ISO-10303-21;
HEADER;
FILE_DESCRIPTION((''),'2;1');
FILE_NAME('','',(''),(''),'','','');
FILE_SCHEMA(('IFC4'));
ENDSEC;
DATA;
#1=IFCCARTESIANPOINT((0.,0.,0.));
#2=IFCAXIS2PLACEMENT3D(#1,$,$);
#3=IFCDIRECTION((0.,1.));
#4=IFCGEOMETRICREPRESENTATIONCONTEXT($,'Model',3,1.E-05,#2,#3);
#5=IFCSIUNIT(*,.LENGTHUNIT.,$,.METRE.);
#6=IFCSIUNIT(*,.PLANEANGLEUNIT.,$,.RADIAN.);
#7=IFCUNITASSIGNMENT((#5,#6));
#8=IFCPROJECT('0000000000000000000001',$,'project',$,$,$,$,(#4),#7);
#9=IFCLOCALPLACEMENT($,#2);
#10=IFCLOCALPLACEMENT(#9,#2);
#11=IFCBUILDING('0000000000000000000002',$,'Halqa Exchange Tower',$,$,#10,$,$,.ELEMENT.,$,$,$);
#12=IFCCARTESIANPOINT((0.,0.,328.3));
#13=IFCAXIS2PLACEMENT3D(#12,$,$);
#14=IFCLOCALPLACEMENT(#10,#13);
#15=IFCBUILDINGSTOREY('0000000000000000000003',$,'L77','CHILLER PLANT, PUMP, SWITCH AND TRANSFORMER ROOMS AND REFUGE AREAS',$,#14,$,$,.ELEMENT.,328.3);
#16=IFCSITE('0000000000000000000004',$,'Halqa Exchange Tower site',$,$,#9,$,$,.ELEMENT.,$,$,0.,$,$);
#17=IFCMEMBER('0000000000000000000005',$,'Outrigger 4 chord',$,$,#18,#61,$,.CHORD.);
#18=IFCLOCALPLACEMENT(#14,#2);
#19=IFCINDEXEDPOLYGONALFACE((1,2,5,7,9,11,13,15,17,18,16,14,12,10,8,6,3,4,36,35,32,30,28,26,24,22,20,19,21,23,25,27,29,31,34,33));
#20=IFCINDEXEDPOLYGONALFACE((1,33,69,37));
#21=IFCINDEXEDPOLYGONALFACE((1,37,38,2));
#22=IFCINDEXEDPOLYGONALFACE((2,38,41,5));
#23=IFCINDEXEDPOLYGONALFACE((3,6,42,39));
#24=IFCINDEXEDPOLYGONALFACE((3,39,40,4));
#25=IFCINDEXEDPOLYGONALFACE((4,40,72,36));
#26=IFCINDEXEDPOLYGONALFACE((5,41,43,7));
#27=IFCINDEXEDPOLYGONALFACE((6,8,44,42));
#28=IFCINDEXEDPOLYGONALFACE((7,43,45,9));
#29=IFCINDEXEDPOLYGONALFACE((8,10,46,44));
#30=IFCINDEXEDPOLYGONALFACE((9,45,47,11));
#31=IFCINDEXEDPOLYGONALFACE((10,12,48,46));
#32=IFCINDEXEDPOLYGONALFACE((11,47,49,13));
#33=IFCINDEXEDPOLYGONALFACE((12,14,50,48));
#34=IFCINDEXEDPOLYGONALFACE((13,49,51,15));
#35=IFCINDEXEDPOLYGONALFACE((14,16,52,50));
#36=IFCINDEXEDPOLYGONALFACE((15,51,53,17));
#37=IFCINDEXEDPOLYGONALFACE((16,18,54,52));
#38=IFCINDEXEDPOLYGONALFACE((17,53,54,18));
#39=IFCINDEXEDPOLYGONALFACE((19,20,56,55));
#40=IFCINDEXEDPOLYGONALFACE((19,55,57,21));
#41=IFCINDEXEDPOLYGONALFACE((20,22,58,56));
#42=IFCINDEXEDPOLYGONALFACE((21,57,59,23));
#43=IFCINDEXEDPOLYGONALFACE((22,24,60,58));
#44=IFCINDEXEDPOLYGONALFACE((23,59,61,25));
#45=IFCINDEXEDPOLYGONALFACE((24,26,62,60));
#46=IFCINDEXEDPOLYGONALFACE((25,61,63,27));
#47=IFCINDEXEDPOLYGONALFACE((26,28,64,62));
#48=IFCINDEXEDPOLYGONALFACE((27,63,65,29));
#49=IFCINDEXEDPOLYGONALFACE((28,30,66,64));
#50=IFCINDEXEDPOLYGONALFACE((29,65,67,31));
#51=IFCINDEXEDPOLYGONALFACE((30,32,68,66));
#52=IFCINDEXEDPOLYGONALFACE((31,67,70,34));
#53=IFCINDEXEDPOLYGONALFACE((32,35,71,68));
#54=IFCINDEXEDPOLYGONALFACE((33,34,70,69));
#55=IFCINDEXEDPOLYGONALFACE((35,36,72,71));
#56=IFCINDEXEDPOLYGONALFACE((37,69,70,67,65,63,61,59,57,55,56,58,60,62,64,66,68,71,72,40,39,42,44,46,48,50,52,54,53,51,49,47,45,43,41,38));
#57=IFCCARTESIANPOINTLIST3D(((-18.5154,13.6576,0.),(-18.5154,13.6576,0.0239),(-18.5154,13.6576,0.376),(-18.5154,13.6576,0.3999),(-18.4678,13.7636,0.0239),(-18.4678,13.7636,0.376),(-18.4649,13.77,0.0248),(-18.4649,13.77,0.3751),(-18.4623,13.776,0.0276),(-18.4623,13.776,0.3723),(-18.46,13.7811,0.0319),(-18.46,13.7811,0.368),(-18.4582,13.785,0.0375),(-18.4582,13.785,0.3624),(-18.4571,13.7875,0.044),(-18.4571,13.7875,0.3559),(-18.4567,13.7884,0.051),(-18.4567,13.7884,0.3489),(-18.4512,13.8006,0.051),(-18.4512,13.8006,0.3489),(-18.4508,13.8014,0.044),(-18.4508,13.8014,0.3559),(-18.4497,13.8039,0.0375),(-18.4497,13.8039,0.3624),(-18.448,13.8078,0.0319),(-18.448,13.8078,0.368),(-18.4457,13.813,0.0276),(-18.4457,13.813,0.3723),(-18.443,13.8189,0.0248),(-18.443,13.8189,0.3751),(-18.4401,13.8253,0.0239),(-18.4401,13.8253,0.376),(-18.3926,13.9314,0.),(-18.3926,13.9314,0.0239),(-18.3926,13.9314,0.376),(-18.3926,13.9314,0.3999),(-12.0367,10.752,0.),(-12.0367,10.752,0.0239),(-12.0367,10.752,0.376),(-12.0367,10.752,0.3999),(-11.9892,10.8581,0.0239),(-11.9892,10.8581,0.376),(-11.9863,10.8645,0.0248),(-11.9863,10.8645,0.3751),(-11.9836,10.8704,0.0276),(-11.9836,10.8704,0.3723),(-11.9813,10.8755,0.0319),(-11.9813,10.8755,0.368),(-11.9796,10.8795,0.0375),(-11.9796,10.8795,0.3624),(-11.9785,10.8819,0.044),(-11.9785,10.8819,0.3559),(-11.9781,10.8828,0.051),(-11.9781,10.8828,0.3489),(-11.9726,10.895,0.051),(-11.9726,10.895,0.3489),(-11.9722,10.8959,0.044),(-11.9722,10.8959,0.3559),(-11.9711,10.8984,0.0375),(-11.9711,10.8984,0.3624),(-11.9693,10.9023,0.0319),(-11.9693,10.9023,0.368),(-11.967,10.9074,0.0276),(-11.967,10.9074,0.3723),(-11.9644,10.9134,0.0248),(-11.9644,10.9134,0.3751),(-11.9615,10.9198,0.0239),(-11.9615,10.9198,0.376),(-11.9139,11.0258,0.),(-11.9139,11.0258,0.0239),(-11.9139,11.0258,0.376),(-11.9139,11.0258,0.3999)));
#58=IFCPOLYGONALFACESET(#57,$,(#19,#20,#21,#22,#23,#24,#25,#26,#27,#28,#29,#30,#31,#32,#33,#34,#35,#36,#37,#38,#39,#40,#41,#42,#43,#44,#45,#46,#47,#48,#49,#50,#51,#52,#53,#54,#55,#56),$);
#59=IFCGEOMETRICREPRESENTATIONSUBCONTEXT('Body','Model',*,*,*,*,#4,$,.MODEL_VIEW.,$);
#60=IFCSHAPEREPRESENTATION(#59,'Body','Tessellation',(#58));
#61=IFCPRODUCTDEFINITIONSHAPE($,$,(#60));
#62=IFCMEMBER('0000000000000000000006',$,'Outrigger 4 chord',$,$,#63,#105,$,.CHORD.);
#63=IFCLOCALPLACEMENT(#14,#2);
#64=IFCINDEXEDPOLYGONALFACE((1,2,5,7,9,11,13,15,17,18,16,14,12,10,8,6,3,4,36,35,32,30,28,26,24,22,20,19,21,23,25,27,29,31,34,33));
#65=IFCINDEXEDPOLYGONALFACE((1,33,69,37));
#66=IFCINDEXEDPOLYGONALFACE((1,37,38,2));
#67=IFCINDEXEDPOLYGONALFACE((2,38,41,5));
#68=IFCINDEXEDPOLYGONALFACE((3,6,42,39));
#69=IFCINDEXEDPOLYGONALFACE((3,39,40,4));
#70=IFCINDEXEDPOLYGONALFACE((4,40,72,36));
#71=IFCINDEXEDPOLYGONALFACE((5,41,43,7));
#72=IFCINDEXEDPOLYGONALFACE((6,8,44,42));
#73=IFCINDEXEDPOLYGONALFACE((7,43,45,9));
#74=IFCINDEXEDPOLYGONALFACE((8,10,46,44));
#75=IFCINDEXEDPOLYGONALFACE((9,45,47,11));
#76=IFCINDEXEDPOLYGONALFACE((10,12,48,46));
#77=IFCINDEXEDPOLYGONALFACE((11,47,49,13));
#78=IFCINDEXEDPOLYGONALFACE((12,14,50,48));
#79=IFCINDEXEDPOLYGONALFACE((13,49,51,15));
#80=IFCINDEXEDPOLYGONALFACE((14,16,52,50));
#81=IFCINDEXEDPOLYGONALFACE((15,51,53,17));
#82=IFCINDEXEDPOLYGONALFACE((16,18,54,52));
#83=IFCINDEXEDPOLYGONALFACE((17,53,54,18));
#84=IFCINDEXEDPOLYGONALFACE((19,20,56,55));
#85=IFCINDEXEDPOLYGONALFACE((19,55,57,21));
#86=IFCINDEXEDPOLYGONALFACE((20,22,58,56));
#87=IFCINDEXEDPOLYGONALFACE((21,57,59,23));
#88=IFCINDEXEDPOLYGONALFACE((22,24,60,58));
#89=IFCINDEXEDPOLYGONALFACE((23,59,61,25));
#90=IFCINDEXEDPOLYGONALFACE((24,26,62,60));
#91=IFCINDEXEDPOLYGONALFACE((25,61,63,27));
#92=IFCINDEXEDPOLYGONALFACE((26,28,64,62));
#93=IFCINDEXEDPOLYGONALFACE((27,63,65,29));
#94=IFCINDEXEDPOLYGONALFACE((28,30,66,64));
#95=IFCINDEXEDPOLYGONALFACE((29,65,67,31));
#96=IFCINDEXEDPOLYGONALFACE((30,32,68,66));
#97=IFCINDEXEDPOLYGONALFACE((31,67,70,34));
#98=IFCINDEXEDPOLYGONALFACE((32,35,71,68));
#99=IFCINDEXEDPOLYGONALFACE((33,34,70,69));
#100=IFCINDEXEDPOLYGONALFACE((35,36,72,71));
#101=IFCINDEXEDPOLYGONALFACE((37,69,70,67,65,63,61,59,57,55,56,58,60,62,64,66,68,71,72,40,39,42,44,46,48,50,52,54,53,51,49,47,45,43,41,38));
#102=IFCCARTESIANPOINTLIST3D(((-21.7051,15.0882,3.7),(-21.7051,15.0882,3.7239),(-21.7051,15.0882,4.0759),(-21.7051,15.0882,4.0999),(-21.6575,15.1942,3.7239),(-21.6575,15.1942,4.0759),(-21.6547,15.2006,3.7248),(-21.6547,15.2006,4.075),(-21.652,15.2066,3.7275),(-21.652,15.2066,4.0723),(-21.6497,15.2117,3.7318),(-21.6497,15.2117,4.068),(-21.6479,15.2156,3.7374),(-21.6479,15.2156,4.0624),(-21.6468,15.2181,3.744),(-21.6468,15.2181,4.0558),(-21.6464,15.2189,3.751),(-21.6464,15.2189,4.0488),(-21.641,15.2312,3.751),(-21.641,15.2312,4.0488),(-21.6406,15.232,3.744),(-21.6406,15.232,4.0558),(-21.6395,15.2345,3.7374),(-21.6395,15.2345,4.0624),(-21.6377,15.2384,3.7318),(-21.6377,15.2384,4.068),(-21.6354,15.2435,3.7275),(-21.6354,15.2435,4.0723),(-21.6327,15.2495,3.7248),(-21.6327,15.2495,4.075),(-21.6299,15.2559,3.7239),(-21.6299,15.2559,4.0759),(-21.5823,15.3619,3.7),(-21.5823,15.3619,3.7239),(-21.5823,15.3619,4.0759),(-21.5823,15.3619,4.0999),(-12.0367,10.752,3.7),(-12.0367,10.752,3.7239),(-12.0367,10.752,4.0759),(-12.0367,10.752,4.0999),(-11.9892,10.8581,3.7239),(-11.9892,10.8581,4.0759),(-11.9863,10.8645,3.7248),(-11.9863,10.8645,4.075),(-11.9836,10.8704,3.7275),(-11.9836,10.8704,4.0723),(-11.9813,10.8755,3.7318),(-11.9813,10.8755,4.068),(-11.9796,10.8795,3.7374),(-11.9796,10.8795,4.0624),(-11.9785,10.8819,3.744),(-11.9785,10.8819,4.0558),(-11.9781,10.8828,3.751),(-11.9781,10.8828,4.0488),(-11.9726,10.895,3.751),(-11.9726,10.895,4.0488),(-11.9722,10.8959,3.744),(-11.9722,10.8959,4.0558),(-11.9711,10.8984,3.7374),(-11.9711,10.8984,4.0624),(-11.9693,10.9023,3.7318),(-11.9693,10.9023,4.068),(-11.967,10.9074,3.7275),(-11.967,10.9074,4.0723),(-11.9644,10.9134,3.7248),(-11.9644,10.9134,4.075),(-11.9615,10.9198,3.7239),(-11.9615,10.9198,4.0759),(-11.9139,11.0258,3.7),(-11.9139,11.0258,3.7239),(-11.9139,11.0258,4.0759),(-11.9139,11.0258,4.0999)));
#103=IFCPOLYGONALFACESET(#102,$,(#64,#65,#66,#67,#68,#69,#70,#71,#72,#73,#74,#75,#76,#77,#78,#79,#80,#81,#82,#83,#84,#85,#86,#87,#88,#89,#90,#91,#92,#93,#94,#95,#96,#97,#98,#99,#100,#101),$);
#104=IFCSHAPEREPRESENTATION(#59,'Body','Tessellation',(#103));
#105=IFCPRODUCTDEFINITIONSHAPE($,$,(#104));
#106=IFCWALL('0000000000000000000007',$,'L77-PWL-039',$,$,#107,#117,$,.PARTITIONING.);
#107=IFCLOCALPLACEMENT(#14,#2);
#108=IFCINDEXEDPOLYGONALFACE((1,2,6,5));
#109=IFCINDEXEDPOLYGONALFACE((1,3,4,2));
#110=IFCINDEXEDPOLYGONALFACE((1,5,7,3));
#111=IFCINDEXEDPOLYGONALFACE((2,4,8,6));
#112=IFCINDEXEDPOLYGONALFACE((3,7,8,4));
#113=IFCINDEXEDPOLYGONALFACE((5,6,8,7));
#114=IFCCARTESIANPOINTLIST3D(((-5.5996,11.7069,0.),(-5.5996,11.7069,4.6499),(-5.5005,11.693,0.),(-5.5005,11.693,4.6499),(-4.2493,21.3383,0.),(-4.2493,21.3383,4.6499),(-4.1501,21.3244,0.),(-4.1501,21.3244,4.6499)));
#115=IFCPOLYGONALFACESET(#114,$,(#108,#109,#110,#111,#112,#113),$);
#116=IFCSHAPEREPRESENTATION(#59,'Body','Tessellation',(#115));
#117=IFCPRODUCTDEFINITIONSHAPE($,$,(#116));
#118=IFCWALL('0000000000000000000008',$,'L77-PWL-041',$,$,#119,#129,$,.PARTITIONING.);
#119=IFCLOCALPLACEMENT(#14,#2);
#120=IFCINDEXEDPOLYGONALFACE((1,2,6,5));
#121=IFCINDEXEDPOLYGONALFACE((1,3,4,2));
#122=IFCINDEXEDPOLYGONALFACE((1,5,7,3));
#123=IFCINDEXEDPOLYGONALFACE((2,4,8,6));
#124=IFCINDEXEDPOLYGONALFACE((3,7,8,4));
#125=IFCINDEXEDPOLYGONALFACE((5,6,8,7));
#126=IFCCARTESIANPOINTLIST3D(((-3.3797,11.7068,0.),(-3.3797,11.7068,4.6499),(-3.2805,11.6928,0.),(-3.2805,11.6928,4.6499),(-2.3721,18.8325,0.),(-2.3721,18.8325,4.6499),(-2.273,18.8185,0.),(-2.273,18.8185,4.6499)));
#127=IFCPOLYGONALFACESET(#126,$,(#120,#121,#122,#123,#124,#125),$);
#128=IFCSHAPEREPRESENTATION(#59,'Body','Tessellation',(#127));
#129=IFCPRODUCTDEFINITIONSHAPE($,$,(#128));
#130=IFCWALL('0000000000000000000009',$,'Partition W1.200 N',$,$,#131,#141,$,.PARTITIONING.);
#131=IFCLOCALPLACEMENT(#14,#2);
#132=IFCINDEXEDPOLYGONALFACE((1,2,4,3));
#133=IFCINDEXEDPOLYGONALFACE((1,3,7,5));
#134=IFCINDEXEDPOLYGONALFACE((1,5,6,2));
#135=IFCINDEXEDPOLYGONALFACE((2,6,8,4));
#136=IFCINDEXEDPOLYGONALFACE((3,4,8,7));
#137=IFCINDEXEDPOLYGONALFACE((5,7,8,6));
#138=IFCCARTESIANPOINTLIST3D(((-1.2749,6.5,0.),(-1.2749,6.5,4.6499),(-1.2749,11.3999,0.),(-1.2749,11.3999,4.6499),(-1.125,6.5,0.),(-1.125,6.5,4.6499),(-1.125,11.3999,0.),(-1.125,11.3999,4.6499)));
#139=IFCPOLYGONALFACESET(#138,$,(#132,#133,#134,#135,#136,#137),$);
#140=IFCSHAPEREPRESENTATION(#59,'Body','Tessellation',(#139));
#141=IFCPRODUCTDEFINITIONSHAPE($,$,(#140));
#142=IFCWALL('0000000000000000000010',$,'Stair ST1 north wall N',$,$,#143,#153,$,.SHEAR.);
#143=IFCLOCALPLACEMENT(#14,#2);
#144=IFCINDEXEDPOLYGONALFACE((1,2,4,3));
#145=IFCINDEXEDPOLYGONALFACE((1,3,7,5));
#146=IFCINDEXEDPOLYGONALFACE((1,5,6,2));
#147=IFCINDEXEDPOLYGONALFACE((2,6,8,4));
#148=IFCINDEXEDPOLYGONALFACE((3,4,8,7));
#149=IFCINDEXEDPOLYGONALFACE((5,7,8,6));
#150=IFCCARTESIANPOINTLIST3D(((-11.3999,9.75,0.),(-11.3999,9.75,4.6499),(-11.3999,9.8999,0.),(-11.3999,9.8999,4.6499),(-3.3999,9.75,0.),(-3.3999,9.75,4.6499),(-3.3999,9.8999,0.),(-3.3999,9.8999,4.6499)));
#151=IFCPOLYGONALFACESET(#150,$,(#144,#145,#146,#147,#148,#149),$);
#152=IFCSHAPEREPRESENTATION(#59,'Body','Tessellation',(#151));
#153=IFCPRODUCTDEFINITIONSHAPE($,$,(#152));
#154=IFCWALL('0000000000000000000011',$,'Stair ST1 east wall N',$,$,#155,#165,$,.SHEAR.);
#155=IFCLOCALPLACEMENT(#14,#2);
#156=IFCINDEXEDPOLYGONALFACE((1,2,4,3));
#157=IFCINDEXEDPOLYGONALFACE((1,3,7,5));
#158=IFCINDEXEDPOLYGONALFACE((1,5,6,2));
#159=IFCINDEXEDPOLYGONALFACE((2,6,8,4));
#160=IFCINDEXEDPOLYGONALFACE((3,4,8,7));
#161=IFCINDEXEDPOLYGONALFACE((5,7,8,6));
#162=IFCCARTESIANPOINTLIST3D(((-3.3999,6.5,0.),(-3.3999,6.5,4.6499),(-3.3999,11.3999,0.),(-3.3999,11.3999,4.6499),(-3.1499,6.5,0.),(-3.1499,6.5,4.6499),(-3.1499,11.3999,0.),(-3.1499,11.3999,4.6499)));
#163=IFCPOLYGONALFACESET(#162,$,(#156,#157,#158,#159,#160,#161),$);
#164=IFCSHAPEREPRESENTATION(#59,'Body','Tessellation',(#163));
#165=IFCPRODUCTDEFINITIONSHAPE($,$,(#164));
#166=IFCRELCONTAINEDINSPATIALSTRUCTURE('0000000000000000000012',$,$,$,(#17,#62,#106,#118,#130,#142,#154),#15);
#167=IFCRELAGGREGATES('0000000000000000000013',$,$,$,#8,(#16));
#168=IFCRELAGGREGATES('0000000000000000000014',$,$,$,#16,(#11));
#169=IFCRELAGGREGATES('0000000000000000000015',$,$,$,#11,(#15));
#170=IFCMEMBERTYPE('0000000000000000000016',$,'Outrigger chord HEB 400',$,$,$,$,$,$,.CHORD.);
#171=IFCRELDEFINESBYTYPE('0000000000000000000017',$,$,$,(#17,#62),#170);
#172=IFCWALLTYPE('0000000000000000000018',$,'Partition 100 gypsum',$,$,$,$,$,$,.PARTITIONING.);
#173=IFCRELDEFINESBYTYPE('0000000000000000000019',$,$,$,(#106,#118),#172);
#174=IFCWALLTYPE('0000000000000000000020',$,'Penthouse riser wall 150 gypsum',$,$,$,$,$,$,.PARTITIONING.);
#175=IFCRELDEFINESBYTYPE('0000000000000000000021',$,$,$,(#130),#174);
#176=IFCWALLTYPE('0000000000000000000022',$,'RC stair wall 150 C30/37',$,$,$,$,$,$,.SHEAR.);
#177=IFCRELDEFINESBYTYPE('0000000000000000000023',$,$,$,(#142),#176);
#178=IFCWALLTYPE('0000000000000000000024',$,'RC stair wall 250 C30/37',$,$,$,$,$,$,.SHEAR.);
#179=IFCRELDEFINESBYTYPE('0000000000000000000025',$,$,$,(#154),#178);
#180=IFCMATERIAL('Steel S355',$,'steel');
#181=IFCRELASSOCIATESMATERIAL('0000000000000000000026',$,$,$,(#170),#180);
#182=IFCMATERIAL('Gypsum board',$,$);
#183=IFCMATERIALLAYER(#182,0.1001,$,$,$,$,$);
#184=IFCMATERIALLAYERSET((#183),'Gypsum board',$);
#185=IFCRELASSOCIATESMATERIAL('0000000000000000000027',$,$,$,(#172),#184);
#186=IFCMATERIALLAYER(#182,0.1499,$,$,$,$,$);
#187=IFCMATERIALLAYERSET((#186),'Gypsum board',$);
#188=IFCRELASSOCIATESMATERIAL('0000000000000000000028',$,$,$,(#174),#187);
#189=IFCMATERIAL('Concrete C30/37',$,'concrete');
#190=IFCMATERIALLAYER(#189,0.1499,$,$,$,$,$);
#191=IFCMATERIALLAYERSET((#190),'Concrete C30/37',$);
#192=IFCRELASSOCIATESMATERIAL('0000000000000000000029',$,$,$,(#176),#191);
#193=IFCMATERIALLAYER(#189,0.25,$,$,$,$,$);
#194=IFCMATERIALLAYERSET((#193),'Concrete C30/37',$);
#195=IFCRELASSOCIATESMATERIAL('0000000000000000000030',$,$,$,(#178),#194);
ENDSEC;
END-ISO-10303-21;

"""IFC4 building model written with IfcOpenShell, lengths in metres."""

from ifc_helpers import new_model, si_unit, direction, frame, frame_2d, origin, origin_2d, place, context, subcontext, project, spatial, rectangle, i_section, extrude, material, layer, layer_set, material_profile, profile_set, type_object, element, save


model = new_model("IFC4")

# Units and contexts
model_context = context("Model", 3, precision=1e-05, world=origin(), true_north=direction((0.0, 1.0)))
body_context = subcontext(model_context, "Body", "Model", "MODEL_VIEW")
ifc_project = project(units=[si_unit("LENGTHUNIT", "METRE"), si_unit("PLANEANGLEUNIT", "RADIAN")], contexts=[model_context])

# Site, building, storey
site_placement = place(None, origin())
site = spatial("IfcSite", under=ifc_project, at=site_placement, Name="Halqa Exchange Tower site", CompositionType="ELEMENT", RefElevation=0.0)
building_placement = place(site_placement, origin())
building = spatial("IfcBuilding", under=site, at=building_placement, Name="Halqa Exchange Tower", CompositionType="ELEMENT")
storey_placement = place(building_placement, frame((0.0, 0.0, 328.3)))
storey = spatial("IfcBuildingStorey", under=building, at=storey_placement, Name="L77", Description="CHILLER PLANT, PUMP, SWITCH AND TRANSFORMER ROOMS AND REFUGE AREAS", CompositionType="ELEMENT", Elevation=328.3)

# Shared definitions
ifc_material_1 = material(Name="Steel S355", Category="steel")

# Members
ifc_material_profile_1 = material_profile(ifc_material_1, i_section(OverallWidth=0.3, OverallDepth=0.3999, WebThickness=0.0134, FlangeThickness=0.0239, FilletRadius=0.0271, at=origin_2d()), Name="HEB 400")
ifc_profile_set_1 = profile_set([ifc_material_profile_1], Name="Steel S355")
member_type = type_object("IfcMemberType", Name="Outrigger chord HEB 400", PredefinedType="CHORD", material=ifc_profile_set_1)
member_1_placement = place(storey_placement, frame((-11.9753, 10.8889, 0.2), z_axis=(-0.912438, 0.409215, 0.0), x_axis=(-0.409215, -0.912438, 0.0)))
element("IfcMember", 1, at=member_1_placement, inside=storey, type_object=member_type, Name="Outrigger 4 chord", PredefinedType="CHORD", context=body_context, shape_type="SweptSolid", body=[
    extrude(i_section(OverallWidth=0.3, OverallDepth=0.3999, WebThickness=0.0134, FlangeThickness=0.0239, FilletRadius=0.0271, at=origin_2d()), origin(), (0.0, 0.0, 1.0), 7.1003),
])
member_2_placement = place(storey_placement, frame((-11.9753, 10.8889, 3.8999), z_axis=(-0.912437, 0.409217, 0.0), x_axis=(-0.409217, -0.912437, 0.0)))
element("IfcMember", 2, at=member_2_placement, inside=storey, type_object=member_type, Name="Outrigger 4 chord", PredefinedType="CHORD", context=body_context, shape_type="SweptSolid", body=[
    extrude(i_section(OverallWidth=0.3, OverallDepth=0.3999, WebThickness=0.0134, FlangeThickness=0.0239, FilletRadius=0.0271, at=origin_2d()), origin(), (0.0, 0.0, 1.0), 10.5962),
])

# Walls
ifc_material_2 = material(Name="Gypsum board")
ifc_layer_1 = layer(ifc_material_2, 0.1001)
ifc_layer_set_1 = layer_set([ifc_layer_1], Name="Gypsum board")
wall_type_1 = type_object("IfcWallType", Name="Partition 100 gypsum", PredefinedType="PARTITIONING", material=ifc_layer_set_1)
wall_1_placement = place(storey_placement, frame((-5.55, 11.7, 0.0), z_axis=(0.0, 0.0, 1.0), x_axis=(0.138845, 0.990314, 0.0)))
element("IfcWall", 3, at=wall_1_placement, inside=storey, type_object=wall_type_1, Name="L77-PWL-039", PredefinedType="PARTITIONING", context=body_context, shape_type="SweptSolid", body=[
    extrude(rectangle(XDim=9.7256, YDim=0.1001, at=frame_2d((4.8628, 0.0))), origin(), (0.0, 0.0, 1.0), 4.6499),
])
wall_2_placement = place(storey_placement, frame((-3.3301, 11.7, 0.0), z_axis=(0.0, 0.0, 1.0), x_axis=(0.140006, 0.990151, 0.0)))
element("IfcWall", 4, at=wall_2_placement, inside=storey, type_object=wall_type_1, Name="L77-PWL-041", PredefinedType="PARTITIONING", context=body_context, shape_type="SweptSolid", body=[
    extrude(rectangle(XDim=7.1965, YDim=0.1001, at=frame_2d((3.5981, 0.0))), origin(), (0.0, 0.0, 1.0), 4.6499),
])
ifc_layer_2 = layer(ifc_material_2, 0.1499)
ifc_layer_set_2 = layer_set([ifc_layer_2], Name="Gypsum board")
wall_type_2 = type_object("IfcWallType", Name="Penthouse riser wall 150 gypsum", PredefinedType="PARTITIONING", material=ifc_layer_set_2)
wall_3_placement = place(storey_placement, frame((-1.2, 6.5, 0.0), z_axis=(0.0, 0.0, 1.0), x_axis=(0.0, 1.0, 0.0)))
element("IfcWall", 5, at=wall_3_placement, inside=storey, type_object=wall_type_2, Name="Partition W1.200 N", PredefinedType="PARTITIONING", context=body_context, shape_type="SweptSolid", body=[
    extrude(rectangle(XDim=4.8999, YDim=0.1499, at=frame_2d((2.45, 0.0))), origin(), (0.0, 0.0, 1.0), 4.6499),
])
ifc_material_3 = material(Name="Concrete C30/37", Category="concrete")
ifc_layer_3 = layer(ifc_material_3, 0.1499)
ifc_layer_set_3 = layer_set([ifc_layer_3], Name="Concrete C30/37")
wall_type_3 = type_object("IfcWallType", Name="RC stair wall 150 C30/37", PredefinedType="SHEAR", material=ifc_layer_set_3)
wall_4_placement = place(storey_placement, frame((-11.3999, 9.825, 0.0), z_axis=(0.0, 0.0, 1.0), x_axis=(1.0, 0.0, 0.0)))
element("IfcWall", 6, at=wall_4_placement, inside=storey, type_object=wall_type_3, Name="Stair ST1 north wall N", PredefinedType="SHEAR", context=body_context, shape_type="SweptSolid", body=[
    extrude(rectangle(XDim=8.0, YDim=0.1499, at=frame_2d((4.0, 0.0))), origin(), (0.0, 0.0, 1.0), 4.6499),
])
ifc_layer_4 = layer(ifc_material_3, 0.25)
ifc_layer_set_4 = layer_set([ifc_layer_4], Name="Concrete C30/37")
wall_type_4 = type_object("IfcWallType", Name="RC stair wall 250 C30/37", PredefinedType="SHEAR", material=ifc_layer_set_4)
wall_5_placement = place(storey_placement, frame((-3.2749, 6.5, 0.0), z_axis=(0.0, 0.0, 1.0), x_axis=(0.0, 1.0, 0.0)))
element("IfcWall", 7, at=wall_5_placement, inside=storey, type_object=wall_type_4, Name="Stair ST1 east wall N", PredefinedType="SHEAR", context=body_context, shape_type="SweptSolid", body=[
    extrude(rectangle(XDim=4.8999, YDim=0.25, at=frame_2d((2.45, 0.0))), origin(), (0.0, 0.0, 1.0), 4.6499),
])

save(model, "model.ifc")
